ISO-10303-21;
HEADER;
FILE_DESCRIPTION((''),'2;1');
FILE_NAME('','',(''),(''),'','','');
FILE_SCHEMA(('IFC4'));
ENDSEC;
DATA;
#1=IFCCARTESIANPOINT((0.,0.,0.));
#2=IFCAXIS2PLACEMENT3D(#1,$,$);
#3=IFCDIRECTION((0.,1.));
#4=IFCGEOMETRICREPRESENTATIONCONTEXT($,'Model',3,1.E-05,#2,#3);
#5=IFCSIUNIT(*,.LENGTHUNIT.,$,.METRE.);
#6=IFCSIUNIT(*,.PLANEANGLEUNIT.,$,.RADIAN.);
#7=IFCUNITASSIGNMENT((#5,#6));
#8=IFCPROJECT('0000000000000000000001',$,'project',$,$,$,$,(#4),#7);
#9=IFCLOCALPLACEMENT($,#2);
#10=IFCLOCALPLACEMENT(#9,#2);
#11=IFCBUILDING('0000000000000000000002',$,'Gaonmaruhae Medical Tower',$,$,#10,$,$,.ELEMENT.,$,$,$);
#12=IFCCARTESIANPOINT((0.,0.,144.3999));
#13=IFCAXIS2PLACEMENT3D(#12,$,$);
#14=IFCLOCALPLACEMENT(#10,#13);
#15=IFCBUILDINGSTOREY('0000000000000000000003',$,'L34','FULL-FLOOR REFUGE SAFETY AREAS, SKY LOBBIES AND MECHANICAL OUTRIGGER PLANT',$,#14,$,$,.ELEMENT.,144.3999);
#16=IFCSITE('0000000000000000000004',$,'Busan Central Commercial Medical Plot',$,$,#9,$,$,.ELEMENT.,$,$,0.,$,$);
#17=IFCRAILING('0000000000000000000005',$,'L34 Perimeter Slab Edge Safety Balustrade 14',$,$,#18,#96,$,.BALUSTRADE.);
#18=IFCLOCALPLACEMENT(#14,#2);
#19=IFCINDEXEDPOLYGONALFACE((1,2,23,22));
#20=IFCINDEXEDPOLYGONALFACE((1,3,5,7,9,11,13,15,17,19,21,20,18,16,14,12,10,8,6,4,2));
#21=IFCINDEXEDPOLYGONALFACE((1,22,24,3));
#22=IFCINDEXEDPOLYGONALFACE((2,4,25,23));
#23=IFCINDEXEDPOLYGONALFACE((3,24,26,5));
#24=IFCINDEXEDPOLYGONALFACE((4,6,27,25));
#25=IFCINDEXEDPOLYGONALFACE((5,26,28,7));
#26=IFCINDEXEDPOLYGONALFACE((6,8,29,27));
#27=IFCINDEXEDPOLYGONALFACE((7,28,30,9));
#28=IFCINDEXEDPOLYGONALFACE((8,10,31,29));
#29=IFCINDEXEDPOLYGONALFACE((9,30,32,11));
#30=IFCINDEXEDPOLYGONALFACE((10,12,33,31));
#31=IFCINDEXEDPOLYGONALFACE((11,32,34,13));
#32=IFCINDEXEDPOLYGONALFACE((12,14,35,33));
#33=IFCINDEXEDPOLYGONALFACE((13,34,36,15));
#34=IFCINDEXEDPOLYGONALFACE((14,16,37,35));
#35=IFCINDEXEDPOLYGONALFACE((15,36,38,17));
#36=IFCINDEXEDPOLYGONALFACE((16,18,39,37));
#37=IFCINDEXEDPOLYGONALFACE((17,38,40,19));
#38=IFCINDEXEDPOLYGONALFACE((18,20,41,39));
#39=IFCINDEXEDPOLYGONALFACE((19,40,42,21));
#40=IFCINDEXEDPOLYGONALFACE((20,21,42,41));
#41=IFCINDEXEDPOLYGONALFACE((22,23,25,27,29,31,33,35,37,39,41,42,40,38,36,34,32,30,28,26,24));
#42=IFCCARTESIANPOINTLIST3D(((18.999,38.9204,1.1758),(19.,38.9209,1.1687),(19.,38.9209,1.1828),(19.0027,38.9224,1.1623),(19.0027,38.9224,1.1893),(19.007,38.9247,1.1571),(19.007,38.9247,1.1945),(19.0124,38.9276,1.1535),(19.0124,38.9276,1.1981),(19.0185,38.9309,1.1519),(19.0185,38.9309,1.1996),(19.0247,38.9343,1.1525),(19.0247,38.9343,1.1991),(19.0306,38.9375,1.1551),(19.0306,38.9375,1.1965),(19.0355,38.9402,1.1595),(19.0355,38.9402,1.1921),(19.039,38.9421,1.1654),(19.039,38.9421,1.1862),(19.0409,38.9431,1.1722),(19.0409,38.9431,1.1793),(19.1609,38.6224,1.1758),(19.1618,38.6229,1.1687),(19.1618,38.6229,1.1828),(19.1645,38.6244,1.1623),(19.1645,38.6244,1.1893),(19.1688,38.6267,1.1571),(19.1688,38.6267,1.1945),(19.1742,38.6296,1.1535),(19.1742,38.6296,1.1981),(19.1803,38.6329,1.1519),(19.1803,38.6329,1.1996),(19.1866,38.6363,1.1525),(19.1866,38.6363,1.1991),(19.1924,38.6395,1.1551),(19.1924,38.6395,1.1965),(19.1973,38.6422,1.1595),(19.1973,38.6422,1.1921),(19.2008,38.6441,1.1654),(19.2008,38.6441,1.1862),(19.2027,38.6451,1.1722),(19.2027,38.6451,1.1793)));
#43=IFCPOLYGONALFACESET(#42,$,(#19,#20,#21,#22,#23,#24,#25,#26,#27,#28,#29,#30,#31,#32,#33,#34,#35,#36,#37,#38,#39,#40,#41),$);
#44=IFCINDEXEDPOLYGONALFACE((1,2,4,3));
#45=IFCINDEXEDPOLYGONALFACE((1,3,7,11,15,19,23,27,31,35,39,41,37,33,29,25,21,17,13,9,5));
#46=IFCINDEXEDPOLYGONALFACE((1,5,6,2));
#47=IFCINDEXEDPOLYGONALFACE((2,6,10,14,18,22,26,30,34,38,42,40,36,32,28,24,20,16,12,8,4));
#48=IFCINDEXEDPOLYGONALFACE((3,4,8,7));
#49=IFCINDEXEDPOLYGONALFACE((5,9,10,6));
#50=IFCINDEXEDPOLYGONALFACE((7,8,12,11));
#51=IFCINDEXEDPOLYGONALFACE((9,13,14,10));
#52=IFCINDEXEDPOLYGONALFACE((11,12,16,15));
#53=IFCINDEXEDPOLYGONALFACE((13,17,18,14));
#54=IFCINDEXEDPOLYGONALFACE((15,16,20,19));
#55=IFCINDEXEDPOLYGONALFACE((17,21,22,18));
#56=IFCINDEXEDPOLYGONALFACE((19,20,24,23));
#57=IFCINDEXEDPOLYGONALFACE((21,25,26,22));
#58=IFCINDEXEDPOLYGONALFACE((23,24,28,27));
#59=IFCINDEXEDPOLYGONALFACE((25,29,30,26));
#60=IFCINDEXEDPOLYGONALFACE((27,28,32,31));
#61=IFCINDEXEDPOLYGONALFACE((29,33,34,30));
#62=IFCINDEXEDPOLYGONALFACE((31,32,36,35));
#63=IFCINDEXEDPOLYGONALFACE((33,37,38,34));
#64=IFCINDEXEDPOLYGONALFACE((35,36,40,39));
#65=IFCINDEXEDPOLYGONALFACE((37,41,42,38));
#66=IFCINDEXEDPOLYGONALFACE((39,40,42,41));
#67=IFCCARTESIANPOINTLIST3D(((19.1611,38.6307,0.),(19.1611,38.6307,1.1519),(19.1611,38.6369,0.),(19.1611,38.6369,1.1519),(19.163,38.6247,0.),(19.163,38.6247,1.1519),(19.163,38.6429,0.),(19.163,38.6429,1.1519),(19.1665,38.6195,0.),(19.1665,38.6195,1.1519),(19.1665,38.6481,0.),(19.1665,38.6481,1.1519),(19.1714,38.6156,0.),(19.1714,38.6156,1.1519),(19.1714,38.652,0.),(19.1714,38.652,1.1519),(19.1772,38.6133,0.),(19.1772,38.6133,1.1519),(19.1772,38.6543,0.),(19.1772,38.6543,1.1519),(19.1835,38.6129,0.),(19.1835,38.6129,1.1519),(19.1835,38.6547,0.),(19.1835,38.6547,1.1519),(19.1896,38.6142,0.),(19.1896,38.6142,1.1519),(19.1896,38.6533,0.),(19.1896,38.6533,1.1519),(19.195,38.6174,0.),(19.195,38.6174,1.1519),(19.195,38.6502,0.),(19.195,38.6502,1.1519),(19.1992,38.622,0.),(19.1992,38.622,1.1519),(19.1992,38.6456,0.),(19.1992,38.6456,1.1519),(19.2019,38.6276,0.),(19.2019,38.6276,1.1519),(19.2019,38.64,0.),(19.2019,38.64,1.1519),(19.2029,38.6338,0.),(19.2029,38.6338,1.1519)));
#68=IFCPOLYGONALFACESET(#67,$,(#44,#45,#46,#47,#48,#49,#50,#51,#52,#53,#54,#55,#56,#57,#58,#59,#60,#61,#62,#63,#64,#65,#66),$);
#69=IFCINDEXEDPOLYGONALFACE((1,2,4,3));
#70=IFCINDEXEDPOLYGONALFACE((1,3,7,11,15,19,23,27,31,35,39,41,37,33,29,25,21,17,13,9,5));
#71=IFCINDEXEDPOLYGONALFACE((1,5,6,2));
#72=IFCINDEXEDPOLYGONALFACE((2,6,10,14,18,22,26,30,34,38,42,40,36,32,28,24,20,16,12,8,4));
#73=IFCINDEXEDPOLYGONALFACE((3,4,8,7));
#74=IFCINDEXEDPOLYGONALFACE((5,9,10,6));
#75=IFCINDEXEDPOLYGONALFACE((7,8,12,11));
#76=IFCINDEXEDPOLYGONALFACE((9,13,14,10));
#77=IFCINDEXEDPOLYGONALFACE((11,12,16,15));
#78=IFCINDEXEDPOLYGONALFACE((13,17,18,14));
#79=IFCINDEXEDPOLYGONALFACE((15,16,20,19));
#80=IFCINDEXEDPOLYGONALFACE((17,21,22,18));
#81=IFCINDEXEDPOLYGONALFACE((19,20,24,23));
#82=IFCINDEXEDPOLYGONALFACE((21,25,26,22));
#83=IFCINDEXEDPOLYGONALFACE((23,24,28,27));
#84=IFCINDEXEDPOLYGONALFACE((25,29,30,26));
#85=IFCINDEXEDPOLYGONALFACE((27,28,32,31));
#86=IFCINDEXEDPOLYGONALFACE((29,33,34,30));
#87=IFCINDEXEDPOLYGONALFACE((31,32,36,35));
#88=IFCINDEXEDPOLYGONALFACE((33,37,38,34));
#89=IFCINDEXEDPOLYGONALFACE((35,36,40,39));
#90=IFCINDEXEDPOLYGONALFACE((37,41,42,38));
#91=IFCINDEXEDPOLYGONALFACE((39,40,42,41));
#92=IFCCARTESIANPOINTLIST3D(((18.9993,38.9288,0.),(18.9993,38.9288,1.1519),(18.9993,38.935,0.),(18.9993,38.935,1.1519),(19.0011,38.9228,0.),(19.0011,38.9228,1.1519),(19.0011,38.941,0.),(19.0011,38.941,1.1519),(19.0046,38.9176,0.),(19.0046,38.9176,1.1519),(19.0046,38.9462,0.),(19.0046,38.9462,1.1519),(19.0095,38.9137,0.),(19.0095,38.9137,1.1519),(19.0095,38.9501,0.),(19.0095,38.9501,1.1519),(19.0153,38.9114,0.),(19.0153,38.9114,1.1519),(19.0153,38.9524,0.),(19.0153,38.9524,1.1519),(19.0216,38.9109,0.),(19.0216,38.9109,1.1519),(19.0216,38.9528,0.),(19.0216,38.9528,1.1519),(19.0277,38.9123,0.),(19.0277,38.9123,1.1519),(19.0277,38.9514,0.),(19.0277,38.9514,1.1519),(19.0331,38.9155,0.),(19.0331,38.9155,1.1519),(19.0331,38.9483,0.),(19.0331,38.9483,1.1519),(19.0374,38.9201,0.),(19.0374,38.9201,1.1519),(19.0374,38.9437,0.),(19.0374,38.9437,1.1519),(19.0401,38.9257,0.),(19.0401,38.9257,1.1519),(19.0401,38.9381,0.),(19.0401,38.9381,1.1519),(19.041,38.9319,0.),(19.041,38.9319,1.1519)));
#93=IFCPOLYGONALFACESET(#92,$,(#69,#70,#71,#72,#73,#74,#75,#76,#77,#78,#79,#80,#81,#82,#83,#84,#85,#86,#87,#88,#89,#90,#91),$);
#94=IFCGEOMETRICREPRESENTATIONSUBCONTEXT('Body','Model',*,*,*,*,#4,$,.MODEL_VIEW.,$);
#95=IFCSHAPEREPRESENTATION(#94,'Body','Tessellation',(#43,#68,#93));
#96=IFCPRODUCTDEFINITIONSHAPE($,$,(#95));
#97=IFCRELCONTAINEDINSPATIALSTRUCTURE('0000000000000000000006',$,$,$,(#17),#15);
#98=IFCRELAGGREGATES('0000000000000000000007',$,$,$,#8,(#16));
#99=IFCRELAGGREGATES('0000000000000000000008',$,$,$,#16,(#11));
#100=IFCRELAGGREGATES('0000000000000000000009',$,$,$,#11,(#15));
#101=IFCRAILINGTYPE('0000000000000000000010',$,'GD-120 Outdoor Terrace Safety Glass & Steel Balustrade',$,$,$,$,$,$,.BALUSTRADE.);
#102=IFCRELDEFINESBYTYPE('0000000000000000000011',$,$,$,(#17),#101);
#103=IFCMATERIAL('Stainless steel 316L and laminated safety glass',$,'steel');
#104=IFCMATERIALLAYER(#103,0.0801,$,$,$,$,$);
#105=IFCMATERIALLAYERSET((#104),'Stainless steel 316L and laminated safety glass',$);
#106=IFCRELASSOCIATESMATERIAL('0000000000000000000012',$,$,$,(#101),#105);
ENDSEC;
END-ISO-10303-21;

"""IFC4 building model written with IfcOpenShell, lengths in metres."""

from ifc_helpers import new_model, si_unit, direction, frame, origin, origin_2d, place, context, subcontext, project, spatial, circle, extrude, material, layer, layer_set, type_object, element, save


model = new_model("IFC4")

# Units and contexts
model_context = context("Model", 3, precision=1e-05, world=origin(), true_north=direction((0.0, 1.0)))
body_context = subcontext(model_context, "Body", "Model", "MODEL_VIEW")
ifc_project = project(units=[si_unit("LENGTHUNIT", "METRE"), si_unit("PLANEANGLEUNIT", "RADIAN")], contexts=[model_context])

# Site, building, storey
site_placement = place(None, origin())
site = spatial("IfcSite", under=ifc_project, at=site_placement, Name="Busan Central Commercial Medical Plot", CompositionType="ELEMENT", RefElevation=0.0)
building_placement = place(site_placement, origin())
building = spatial("IfcBuilding", under=site, at=building_placement, Name="Gaonmaruhae Medical Tower", CompositionType="ELEMENT")
storey_placement = place(building_placement, frame((0.0, 0.0, 144.3999)))
storey = spatial("IfcBuildingStorey", under=building, at=storey_placement, Name="L34", Description="FULL-FLOOR REFUGE SAFETY AREAS, SKY LOBBIES AND MECHANICAL OUTRIGGER PLANT", CompositionType="ELEMENT", Elevation=144.3999)

# Railing
ifc_material_1 = material(Name="Stainless steel 316L and laminated safety glass", Category="steel")
ifc_layer_1 = layer(ifc_material_1, 0.0801)
ifc_layer_set_1 = layer_set([ifc_layer_1], Name="Stainless steel 316L and laminated safety glass")
railing_type = type_object("IfcRailingType", Name="GD-120 Outdoor Terrace Safety Glass & Steel Balustrade", PredefinedType="BALUSTRADE", material=ifc_layer_set_1)
railing_1_placement = place(storey_placement, frame((19.1819, 38.6338, 0.0)))
element("IfcRailing", 1, at=railing_1_placement, inside=storey, type_object=railing_type, Name="L34 Perimeter Slab Edge Safety Balustrade 14", PredefinedType="BALUSTRADE", context=body_context, shape_type="SweptSolid", body=[
    extrude(circle(Radius=0.0239, at=origin_2d()), frame((0.0, 0.0, 1.1758), z_axis=(-0.477187, 0.878802, 0.0), x_axis=(-0.878802, -0.477187, 0.0)), (0.0, 0.0, 1.0), 0.3391),
    extrude(circle(Radius=0.021, at=origin_2d()), origin(), (0.0, 0.0, 1.0), 1.1519),
    extrude(circle(Radius=0.021, at=origin_2d()), frame((-0.1619, 0.2981, 0.0)), (0.0, 0.0, 1.0), 1.1519),
])

save(model, "model.ifc")
